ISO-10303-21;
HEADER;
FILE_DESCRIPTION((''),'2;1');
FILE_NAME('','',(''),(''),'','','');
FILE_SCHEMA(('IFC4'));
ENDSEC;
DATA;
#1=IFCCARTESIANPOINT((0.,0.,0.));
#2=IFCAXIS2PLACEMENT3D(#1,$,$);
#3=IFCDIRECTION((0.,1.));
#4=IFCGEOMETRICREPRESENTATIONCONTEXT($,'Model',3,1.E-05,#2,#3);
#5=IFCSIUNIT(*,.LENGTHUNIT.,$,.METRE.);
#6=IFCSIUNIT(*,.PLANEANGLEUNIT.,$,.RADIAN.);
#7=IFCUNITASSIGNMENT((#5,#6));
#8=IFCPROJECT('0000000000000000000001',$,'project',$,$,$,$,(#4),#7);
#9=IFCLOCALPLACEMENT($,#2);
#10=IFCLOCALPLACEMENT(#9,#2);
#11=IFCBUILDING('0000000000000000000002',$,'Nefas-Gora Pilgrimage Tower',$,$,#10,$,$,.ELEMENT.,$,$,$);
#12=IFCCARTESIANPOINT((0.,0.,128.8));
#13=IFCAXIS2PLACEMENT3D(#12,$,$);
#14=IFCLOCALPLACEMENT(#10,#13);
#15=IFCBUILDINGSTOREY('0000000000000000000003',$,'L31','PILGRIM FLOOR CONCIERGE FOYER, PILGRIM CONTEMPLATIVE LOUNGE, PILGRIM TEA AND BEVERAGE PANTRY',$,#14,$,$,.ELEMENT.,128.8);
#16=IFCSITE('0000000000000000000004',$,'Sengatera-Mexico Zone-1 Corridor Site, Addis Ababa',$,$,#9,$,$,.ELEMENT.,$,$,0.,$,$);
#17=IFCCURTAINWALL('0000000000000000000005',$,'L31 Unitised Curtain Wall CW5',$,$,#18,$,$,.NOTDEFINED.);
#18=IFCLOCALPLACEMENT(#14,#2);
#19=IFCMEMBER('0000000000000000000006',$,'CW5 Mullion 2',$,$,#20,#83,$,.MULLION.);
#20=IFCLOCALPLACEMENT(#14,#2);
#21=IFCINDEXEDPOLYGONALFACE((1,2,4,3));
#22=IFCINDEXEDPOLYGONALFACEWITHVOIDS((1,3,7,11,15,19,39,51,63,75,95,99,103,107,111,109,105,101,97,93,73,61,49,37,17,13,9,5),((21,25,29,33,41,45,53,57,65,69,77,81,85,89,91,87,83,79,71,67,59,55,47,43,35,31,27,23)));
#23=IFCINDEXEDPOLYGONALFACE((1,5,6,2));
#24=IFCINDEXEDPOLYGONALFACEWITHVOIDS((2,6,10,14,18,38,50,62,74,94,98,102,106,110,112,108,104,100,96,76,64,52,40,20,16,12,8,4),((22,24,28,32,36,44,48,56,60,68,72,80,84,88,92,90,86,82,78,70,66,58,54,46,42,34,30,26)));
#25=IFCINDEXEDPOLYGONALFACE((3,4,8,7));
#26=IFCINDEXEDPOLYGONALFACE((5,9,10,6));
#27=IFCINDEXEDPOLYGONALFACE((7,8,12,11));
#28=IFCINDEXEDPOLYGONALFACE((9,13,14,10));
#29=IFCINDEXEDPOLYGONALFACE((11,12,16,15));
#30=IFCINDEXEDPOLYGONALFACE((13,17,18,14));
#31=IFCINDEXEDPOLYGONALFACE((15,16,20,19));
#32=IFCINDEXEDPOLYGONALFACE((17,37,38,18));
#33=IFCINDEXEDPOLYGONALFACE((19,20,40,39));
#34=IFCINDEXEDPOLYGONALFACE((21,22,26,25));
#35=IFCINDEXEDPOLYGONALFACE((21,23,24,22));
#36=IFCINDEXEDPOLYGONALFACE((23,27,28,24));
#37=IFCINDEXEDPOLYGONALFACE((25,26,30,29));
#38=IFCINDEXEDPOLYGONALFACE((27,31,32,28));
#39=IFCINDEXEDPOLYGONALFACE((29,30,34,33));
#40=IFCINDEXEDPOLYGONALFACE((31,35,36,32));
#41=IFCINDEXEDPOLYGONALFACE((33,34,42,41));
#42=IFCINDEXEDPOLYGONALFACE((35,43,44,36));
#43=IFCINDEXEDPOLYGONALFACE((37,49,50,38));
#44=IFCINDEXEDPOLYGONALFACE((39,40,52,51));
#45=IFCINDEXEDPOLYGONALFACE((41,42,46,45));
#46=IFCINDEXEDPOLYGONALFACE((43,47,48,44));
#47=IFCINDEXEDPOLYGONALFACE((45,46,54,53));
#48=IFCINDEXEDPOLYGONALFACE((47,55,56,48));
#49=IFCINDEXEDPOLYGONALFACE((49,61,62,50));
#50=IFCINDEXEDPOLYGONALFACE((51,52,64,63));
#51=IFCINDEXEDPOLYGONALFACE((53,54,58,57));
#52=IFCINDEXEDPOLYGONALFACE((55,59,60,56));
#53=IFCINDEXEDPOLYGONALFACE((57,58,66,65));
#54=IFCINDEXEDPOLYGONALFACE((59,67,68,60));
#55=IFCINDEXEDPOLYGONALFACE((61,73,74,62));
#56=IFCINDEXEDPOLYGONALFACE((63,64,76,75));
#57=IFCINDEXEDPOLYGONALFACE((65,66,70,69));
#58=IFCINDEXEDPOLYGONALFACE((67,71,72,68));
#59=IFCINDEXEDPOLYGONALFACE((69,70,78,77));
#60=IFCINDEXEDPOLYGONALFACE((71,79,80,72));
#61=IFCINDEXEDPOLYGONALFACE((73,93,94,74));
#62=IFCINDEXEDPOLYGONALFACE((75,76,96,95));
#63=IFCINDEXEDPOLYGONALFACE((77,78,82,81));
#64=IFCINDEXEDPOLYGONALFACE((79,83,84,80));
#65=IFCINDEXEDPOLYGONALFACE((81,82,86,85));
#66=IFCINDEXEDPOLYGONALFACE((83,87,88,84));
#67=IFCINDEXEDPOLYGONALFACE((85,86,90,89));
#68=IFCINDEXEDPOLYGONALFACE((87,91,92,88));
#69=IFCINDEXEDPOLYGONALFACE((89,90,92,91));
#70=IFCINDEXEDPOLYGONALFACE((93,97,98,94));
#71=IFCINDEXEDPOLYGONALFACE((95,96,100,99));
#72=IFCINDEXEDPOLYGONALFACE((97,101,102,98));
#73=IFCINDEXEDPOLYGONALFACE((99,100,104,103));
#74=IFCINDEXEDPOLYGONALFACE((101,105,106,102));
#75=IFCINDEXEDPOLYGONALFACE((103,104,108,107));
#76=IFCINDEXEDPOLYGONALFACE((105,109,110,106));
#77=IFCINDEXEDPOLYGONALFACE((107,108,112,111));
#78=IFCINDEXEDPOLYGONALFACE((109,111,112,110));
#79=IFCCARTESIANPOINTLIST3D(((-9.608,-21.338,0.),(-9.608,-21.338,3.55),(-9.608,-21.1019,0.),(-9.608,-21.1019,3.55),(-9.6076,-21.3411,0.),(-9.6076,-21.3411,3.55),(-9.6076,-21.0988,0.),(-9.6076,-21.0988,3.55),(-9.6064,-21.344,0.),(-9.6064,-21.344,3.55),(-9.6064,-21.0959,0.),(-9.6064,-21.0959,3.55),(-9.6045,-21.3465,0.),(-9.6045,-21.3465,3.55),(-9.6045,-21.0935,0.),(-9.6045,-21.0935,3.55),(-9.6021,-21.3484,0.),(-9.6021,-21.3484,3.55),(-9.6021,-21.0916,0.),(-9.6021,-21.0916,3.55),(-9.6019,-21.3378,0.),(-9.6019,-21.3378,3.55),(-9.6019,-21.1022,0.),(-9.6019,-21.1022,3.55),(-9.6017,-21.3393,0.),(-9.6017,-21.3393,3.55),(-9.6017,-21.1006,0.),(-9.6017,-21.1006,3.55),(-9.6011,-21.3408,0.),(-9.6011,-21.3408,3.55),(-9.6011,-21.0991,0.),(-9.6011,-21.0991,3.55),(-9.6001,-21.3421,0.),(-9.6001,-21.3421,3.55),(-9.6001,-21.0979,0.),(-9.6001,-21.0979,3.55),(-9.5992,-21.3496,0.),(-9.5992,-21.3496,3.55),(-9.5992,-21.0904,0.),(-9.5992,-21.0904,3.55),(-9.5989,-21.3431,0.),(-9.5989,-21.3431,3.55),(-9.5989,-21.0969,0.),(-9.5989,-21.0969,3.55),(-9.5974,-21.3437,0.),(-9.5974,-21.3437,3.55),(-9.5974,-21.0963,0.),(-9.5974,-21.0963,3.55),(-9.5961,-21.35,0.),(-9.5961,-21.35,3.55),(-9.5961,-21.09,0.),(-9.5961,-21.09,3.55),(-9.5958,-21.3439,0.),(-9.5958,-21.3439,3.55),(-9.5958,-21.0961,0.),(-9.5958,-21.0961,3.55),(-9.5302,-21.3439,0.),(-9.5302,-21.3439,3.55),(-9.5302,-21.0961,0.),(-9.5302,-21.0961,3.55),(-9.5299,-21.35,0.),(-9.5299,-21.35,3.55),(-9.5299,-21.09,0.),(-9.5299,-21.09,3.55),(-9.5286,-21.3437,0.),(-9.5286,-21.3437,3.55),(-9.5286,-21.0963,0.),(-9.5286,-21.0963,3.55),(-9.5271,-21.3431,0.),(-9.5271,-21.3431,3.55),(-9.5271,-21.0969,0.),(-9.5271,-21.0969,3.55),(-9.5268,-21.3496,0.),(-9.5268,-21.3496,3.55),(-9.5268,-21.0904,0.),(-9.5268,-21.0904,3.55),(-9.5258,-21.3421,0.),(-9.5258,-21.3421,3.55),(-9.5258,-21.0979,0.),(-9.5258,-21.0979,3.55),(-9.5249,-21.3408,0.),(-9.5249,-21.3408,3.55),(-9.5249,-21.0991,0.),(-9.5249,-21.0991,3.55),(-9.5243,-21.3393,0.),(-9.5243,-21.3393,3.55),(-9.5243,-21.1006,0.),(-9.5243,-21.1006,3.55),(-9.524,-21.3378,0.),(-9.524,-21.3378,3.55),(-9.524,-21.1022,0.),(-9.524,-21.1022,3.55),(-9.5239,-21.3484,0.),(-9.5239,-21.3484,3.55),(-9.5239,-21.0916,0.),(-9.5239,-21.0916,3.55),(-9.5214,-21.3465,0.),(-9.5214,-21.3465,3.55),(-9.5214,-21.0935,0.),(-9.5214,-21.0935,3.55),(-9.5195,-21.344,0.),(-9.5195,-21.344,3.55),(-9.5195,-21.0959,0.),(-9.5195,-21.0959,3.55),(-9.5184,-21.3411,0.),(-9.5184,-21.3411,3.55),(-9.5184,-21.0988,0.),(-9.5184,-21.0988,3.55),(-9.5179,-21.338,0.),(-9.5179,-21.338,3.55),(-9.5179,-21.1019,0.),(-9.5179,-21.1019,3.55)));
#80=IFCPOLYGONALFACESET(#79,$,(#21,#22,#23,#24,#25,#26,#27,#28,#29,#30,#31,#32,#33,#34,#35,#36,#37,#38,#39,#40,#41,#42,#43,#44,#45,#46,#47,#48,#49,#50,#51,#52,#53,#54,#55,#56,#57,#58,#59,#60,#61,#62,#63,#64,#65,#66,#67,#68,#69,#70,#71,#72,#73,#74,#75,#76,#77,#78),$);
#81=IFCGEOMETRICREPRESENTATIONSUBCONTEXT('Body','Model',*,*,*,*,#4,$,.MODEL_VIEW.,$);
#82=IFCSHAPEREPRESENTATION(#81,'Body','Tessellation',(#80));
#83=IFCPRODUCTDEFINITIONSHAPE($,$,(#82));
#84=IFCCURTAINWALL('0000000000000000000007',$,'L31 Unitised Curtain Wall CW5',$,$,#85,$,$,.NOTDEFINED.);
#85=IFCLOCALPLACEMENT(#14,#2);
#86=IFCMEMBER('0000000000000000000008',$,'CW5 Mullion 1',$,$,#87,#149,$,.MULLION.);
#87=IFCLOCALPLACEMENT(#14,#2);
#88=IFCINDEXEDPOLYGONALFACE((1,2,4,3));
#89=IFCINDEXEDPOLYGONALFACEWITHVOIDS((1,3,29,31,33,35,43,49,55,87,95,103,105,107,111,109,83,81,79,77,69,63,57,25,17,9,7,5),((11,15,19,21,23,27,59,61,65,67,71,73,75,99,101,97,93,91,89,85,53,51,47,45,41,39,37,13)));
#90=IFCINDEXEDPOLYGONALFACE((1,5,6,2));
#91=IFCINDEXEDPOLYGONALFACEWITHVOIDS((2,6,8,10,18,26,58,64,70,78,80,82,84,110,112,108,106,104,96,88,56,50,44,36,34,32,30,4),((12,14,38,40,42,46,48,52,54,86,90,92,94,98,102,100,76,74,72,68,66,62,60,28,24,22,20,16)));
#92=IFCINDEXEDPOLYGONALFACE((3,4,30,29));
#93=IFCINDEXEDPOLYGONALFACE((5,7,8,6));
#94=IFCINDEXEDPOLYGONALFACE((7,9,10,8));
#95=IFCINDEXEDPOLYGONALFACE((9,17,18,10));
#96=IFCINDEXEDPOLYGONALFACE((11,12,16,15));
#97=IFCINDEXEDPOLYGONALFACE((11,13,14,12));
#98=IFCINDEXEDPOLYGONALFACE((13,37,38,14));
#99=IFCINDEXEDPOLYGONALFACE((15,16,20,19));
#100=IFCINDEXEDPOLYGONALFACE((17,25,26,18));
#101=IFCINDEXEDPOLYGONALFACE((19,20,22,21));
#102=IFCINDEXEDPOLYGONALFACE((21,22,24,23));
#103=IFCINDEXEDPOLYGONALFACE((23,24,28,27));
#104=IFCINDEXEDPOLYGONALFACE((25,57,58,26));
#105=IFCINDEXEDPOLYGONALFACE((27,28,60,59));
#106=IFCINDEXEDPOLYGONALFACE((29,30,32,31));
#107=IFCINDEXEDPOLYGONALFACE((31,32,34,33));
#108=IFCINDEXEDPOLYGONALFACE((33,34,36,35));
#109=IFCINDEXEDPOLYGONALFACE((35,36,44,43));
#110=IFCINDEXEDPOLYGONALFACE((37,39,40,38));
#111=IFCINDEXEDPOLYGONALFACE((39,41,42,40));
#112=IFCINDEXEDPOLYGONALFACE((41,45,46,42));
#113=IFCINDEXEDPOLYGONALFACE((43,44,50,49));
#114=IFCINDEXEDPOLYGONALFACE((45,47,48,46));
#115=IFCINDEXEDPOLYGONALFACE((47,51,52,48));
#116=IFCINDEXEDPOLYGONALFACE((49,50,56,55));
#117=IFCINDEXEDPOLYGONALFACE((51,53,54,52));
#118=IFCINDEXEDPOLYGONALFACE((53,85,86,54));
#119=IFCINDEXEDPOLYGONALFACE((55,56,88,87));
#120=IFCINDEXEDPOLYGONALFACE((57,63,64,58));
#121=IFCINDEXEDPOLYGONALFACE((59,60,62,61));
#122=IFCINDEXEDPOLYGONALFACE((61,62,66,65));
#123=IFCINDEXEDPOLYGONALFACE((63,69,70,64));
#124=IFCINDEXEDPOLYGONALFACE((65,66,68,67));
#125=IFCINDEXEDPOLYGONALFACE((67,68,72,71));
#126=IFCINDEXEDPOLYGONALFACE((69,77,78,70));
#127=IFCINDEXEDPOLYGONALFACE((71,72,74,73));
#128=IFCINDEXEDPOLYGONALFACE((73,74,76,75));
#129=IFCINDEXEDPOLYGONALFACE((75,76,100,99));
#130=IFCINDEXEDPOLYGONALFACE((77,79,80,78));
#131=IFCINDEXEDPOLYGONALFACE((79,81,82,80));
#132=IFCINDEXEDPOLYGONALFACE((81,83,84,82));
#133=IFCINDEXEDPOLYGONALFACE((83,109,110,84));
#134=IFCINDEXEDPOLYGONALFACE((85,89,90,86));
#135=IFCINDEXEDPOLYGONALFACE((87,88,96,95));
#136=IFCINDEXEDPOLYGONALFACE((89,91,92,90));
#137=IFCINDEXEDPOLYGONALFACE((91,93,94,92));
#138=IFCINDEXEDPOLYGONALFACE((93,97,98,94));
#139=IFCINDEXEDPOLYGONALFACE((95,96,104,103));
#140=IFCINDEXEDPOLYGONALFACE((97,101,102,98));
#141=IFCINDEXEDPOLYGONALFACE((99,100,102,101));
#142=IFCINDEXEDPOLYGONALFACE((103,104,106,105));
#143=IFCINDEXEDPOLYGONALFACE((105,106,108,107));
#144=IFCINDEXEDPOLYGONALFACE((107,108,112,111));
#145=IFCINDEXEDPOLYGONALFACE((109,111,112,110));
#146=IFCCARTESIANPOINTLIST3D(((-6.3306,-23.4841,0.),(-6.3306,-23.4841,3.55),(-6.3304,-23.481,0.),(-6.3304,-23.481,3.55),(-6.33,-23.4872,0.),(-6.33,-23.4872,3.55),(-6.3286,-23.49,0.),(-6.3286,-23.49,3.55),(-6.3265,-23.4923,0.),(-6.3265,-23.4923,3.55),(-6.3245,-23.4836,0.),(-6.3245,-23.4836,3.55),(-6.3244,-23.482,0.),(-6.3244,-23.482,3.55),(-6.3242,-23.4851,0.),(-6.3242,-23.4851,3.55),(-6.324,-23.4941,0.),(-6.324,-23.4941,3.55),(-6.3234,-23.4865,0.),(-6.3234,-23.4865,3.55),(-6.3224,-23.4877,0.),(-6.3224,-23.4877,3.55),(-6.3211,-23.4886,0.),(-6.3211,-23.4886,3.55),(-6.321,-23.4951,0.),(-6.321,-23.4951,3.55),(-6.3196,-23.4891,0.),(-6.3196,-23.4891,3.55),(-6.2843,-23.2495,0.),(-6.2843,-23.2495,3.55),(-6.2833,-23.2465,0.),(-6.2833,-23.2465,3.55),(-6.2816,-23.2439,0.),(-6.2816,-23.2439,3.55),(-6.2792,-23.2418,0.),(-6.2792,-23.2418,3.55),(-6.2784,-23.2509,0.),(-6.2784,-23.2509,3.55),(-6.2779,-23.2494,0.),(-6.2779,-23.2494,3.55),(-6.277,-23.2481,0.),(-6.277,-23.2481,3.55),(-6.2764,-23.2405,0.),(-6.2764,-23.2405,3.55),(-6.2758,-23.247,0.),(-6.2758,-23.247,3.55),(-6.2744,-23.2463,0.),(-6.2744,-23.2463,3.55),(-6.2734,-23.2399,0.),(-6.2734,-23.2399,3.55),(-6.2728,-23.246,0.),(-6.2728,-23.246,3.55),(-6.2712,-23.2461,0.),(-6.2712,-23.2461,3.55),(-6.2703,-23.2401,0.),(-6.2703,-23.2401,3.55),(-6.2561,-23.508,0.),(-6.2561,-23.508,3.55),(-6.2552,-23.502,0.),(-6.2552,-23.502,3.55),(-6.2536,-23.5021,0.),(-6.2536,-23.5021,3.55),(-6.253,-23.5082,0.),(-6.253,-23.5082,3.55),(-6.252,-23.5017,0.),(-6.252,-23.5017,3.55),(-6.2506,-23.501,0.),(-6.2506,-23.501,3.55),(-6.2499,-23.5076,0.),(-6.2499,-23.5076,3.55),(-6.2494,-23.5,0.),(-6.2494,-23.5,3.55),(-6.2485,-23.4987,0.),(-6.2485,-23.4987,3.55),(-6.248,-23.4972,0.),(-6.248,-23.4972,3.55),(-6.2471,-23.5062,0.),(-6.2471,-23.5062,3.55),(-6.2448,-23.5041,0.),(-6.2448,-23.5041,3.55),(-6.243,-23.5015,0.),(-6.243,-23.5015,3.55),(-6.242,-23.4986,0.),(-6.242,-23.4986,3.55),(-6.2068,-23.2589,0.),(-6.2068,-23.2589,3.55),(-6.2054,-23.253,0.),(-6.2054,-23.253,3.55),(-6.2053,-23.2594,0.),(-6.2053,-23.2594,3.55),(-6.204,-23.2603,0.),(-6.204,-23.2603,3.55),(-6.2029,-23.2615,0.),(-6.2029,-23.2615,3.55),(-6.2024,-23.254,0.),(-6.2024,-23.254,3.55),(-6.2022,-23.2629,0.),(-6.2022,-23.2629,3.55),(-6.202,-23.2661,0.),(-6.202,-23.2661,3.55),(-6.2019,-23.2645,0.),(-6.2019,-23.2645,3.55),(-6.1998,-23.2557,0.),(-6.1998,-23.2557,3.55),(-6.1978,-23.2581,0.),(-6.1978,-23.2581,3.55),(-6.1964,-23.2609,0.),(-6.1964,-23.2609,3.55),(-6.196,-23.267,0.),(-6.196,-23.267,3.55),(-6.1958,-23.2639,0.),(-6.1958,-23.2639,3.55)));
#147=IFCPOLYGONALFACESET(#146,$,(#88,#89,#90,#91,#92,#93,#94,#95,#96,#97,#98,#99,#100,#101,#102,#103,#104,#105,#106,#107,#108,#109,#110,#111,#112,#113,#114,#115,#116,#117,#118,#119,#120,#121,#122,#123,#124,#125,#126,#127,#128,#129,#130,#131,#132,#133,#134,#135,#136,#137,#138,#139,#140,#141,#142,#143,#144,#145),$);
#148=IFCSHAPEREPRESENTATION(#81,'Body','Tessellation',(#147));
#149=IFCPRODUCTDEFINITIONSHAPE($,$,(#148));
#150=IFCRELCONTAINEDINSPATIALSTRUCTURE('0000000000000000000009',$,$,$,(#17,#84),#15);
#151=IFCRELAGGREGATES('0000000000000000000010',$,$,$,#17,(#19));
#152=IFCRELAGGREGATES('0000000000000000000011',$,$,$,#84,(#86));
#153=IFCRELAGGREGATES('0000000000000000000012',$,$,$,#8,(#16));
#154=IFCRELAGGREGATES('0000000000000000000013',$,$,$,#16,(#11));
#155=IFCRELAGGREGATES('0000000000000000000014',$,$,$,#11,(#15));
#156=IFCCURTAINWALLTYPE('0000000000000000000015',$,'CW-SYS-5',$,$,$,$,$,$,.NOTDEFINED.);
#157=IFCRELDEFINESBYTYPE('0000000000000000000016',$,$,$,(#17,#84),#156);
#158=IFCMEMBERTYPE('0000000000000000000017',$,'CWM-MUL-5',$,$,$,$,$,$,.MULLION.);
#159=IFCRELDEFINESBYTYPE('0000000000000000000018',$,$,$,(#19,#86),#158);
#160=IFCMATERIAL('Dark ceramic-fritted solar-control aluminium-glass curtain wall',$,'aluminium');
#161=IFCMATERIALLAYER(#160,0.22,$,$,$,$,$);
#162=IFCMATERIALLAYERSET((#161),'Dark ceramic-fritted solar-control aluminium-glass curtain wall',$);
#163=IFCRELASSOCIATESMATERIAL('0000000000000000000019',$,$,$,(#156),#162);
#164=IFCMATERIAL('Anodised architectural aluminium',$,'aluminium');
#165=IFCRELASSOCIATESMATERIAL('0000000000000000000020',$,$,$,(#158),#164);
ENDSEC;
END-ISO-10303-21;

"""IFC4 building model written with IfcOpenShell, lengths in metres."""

from ifc_helpers import new_model, si_unit, direction, frame, origin, origin_2d, place, context, subcontext, project, spatial, hollow_rectangle, extrude, source, transform, mapped, material, layer, layer_set, material_profile, profile_set, type_object, element, aggregate, save


model = new_model("IFC4")

# Units and contexts
model_context = context("Model", 3, precision=1e-05, world=origin(), true_north=direction((0.0, 1.0)))
body_context = subcontext(model_context, "Body", "Model", "MODEL_VIEW")
ifc_project = project(units=[si_unit("LENGTHUNIT", "METRE"), si_unit("PLANEANGLEUNIT", "RADIAN")], contexts=[model_context])

# Site, building, storey
site_placement = place(None, origin())
site = spatial("IfcSite", under=ifc_project, at=site_placement, Name="Sengatera-Mexico Zone-1 Corridor Site, Addis Ababa", CompositionType="ELEMENT", RefElevation=0.0)
building_placement = place(site_placement, origin())
building = spatial("IfcBuilding", under=site, at=building_placement, Name="Nefas-Gora Pilgrimage Tower", CompositionType="ELEMENT")
storey_placement = place(building_placement, frame((0.0, 0.0, 128.8)))
storey = spatial("IfcBuildingStorey", under=building, at=storey_placement, Name="L31", Description="PILGRIM FLOOR CONCIERGE FOYER, PILGRIM CONTEMPLATIVE LOUNGE, PILGRIM TEA AND BEVERAGE PANTRY", CompositionType="ELEMENT", Elevation=128.8)

# Curtain wall, member
ifc_material_1 = material(Name="Dark ceramic-fritted solar-control aluminium-glass curtain wall", Category="aluminium")
ifc_layer_1 = layer(ifc_material_1, 0.22)
ifc_layer_set_1 = layer_set([ifc_layer_1], Name="Dark ceramic-fritted solar-control aluminium-glass curtain wall")
curtain_wall_type = type_object("IfcCurtainWallType", Name="CW-SYS-5", PredefinedType="NOTDEFINED", material=ifc_layer_set_1)
curtain_wall_1_placement = place(storey_placement, origin())
curtain_wall_1 = element("IfcCurtainWall", 1, at=curtain_wall_1_placement, inside=storey, type_object=curtain_wall_type, Name="L31 Unitised Curtain Wall CW5", PredefinedType="NOTDEFINED")
ifc_material_2 = material(Name="Anodised architectural aluminium", Category="aluminium")
ifc_material_profile_1 = material_profile(ifc_material_2, hollow_rectangle(XDim=0.0901, YDim=0.26, WallThickness=0.0061, InnerFilletRadius=0.0061, OuterFilletRadius=0.012, at=origin_2d()), Name="ALU MULLION 90x260")
ifc_profile_set_1 = profile_set([ifc_material_profile_1], Name="Anodised architectural aluminium")
member_type_1 = type_object("IfcMemberType", Name="CWM-MUL-5", PredefinedType="MULLION", material=ifc_profile_set_1)
shared_shape_1 = source(origin(), body_context, "Body", "SweptSolid", [
    extrude(hollow_rectangle(XDim=0.0901, YDim=0.26, WallThickness=0.0061, InnerFilletRadius=0.0061, OuterFilletRadius=0.012, at=origin_2d()), origin(), (0.0, 0.0, 1.0), 3.55),
])
member_1_placement = place(storey_placement, frame((-9.563, -21.22, 0.0), z_axis=(0.0, 0.0, 1.0), x_axis=(1.0, 0.0, 0.0)))
member_1 = element("IfcMember", 2, at=member_1_placement, type_object=member_type_1, Name="CW5 Mullion 2", PredefinedType="MULLION", context=body_context, shape_type="MappedRepresentation", body=[
    mapped(shared_shape_1, transform((0.0, 0.0, 0.0), x_axis=(1.0, 0.0, 0.0), y_axis=(0.0, 1.0, 0.0), z_axis=(0.0, 0.0, 1.0), scale=1.0)),
])
aggregate(curtain_wall_1, [member_1])

# Curtain wall, member
curtain_wall_2_placement = place(storey_placement, origin())
curtain_wall_2 = element("IfcCurtainWall", 3, at=curtain_wall_2_placement, inside=storey, type_object=curtain_wall_type, Name="L31 Unitised Curtain Wall CW5", PredefinedType="NOTDEFINED")
member_2_placement = place(storey_placement, frame((-6.2632, -23.374, 0.0), z_axis=(0.0, 0.0, 1.0), x_axis=(0.980783, -0.195102, 0.0)))
member_2 = element("IfcMember", 4, at=member_2_placement, type_object=member_type_1, Name="CW5 Mullion 1", PredefinedType="MULLION", context=body_context, shape_type="MappedRepresentation", body=[
    mapped(shared_shape_1, transform((0.0, 0.0, 0.0), x_axis=(1.0, 0.0, 0.0), y_axis=(0.0, 1.0, 0.0), z_axis=(0.0, 0.0, 1.0), scale=1.0)),
])

aggregate(curtain_wall_2, [member_2])

save(model, "model.ifc")
